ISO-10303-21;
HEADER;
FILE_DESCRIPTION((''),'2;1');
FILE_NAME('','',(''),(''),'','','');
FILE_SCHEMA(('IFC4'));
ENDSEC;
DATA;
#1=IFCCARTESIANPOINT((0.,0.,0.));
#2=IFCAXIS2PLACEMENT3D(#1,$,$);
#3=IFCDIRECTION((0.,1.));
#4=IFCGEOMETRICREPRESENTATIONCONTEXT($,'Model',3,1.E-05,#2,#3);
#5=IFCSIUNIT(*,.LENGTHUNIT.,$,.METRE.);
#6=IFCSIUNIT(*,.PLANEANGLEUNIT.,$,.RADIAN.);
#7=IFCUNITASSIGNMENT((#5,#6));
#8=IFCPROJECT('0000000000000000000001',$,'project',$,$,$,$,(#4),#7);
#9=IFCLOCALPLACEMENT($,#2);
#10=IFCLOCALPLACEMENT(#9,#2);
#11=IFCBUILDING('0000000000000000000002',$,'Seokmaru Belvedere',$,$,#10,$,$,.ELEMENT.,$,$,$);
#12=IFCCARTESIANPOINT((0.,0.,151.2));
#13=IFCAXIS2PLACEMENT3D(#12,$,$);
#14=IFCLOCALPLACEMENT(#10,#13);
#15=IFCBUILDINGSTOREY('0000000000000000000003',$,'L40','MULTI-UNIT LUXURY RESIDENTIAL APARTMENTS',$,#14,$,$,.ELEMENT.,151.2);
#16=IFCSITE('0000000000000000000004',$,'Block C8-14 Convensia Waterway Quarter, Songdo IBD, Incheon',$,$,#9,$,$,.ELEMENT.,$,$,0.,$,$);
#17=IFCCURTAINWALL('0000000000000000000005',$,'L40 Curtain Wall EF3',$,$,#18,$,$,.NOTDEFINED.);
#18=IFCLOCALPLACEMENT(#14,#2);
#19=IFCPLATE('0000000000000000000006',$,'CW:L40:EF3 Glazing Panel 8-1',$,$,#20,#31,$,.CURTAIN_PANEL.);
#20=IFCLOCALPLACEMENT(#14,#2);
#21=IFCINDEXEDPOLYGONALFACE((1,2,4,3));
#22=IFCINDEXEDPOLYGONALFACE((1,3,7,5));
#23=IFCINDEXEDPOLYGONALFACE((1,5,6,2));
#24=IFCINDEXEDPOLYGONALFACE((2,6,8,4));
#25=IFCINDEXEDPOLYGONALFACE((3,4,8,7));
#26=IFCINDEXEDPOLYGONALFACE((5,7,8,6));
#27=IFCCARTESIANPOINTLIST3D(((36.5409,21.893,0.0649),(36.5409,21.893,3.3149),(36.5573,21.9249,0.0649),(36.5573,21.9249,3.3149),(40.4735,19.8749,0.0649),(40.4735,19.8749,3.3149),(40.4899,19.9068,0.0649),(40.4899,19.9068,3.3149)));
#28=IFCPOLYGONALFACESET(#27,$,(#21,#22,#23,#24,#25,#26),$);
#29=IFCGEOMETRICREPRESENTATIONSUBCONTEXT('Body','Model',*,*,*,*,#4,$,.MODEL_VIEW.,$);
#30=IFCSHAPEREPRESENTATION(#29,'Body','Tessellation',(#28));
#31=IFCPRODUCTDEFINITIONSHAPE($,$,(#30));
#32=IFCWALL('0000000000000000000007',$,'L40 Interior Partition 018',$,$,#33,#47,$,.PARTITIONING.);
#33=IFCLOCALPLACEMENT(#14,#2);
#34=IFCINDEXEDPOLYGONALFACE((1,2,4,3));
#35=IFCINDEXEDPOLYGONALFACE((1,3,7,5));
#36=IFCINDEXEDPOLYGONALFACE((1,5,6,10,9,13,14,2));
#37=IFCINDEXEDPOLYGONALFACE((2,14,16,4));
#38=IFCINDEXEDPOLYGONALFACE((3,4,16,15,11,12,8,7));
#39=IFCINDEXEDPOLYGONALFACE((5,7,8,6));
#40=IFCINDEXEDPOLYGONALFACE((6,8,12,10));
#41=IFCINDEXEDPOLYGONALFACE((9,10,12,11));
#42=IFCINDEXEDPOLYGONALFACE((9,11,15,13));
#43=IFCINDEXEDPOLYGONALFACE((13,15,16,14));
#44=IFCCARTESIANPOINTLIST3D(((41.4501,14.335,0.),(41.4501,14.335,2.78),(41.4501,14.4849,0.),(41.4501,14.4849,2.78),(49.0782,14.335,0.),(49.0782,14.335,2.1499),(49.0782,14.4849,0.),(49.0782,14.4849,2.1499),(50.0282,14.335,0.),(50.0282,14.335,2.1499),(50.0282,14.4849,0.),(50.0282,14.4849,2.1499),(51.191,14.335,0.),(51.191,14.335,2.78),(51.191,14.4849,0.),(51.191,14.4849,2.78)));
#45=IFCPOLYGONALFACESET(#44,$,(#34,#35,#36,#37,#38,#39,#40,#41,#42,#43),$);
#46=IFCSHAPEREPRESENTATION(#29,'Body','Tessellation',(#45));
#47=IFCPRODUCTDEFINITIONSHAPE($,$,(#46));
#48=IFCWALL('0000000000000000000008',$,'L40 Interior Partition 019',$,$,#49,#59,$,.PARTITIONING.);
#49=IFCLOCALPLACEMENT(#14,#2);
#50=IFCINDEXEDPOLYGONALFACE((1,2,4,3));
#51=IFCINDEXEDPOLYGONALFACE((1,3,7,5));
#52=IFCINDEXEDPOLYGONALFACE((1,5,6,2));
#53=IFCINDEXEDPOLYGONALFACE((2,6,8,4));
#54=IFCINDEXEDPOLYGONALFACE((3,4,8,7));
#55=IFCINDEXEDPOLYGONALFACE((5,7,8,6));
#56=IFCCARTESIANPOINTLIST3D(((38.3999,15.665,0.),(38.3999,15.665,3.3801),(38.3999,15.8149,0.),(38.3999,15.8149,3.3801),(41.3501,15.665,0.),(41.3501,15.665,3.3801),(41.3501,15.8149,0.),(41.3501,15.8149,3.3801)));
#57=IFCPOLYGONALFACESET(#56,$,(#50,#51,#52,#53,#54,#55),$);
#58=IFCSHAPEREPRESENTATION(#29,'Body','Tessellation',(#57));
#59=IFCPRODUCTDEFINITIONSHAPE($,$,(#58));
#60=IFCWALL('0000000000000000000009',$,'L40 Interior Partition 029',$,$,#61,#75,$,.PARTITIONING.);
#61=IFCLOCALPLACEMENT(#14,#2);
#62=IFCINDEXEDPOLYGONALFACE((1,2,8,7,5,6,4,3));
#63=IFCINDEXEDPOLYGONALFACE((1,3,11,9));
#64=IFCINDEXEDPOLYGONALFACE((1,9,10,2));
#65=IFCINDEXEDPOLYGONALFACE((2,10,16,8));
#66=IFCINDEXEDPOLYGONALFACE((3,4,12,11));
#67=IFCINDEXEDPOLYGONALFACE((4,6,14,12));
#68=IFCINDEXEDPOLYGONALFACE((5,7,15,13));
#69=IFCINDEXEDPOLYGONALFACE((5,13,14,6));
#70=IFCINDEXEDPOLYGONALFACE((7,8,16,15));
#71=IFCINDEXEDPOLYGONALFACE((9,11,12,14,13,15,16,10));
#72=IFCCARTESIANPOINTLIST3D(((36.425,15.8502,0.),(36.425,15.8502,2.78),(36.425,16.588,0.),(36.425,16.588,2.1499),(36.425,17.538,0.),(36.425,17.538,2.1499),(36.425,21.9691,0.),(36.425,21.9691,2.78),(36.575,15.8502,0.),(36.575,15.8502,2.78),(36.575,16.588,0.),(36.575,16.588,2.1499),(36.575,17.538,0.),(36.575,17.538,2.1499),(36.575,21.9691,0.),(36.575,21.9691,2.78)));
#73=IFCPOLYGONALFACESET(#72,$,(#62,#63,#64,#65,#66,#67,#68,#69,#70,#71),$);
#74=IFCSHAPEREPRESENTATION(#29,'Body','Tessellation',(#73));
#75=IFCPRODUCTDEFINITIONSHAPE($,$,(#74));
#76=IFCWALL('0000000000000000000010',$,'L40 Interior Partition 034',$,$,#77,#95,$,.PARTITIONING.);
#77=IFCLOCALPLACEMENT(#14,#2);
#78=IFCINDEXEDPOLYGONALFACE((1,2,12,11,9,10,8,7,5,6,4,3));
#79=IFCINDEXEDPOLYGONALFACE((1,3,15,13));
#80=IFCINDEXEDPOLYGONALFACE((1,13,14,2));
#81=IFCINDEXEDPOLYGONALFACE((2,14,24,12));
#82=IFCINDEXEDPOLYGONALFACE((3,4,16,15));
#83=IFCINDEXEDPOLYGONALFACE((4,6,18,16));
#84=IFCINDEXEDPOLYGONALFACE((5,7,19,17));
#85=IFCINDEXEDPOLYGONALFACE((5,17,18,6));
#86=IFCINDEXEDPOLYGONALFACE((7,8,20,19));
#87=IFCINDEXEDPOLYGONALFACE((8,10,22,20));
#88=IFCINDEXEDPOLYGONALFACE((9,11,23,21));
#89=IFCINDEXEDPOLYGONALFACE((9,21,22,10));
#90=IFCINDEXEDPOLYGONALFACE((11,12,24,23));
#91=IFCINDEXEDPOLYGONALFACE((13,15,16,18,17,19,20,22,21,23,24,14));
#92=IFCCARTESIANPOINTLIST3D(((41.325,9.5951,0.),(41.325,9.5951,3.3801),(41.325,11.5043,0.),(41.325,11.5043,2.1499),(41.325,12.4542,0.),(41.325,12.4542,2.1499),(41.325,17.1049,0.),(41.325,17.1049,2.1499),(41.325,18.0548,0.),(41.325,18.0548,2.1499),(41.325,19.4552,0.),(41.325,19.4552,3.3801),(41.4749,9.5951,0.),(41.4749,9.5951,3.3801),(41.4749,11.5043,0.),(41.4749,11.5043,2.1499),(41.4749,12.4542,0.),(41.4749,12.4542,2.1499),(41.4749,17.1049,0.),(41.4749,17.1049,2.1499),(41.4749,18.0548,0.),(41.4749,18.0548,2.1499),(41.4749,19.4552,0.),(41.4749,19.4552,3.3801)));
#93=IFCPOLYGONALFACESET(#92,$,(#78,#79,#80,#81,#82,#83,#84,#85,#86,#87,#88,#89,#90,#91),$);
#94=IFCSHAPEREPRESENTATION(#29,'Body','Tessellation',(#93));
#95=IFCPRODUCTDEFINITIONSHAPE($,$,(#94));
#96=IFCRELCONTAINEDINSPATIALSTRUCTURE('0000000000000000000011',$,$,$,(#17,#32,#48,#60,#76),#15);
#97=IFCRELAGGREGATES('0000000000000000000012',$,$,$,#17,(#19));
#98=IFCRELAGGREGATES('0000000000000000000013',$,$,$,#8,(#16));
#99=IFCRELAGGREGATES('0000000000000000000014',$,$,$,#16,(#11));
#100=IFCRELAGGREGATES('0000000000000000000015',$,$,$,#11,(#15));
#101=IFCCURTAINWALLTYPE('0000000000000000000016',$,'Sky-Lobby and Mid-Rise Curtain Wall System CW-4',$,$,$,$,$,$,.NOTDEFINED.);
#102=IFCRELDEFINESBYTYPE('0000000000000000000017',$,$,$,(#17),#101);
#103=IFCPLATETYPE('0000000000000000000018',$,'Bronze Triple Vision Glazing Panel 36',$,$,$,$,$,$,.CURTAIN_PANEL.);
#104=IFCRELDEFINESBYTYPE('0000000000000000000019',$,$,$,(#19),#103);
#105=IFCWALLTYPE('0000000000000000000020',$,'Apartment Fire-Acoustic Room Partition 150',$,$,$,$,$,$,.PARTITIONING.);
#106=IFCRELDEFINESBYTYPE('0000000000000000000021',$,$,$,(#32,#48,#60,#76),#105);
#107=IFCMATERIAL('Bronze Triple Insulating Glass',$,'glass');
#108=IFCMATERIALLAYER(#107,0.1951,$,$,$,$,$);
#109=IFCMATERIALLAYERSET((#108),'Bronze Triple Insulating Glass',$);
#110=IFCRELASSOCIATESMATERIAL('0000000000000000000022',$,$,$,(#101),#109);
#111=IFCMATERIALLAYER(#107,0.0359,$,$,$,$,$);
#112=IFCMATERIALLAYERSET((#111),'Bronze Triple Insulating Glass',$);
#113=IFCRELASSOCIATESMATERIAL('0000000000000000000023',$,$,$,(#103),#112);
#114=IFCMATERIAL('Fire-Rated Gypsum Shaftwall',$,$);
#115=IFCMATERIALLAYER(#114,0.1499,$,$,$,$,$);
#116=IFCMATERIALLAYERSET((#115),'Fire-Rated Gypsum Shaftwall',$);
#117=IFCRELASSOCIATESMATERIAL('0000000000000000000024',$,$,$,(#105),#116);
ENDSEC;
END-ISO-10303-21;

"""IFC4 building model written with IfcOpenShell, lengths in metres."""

from ifc_helpers import new_model, si_unit, direction, frame, frame_2d, origin, origin_2d, place, context, subcontext, project, spatial, rectangle, extrude, source, transform, mapped, material, layer, layer_set, type_object, type_shapes, element, aggregate, save


model = new_model("IFC4")

# Units and contexts
model_context = context("Model", 3, precision=1e-05, world=origin(), true_north=direction((0.0, 1.0)))
body_context = subcontext(model_context, "Body", "Model", "MODEL_VIEW")
ifc_project = project(units=[si_unit("LENGTHUNIT", "METRE"), si_unit("PLANEANGLEUNIT", "RADIAN")], contexts=[model_context])

# Site, building, storey
site_placement = place(None, origin())
site = spatial("IfcSite", under=ifc_project, at=site_placement, Name="Block C8-14 Convensia Waterway Quarter, Songdo IBD, Incheon", CompositionType="ELEMENT", RefElevation=0.0)
building_placement = place(site_placement, origin())
building = spatial("IfcBuilding", under=site, at=building_placement, Name="Seokmaru Belvedere", CompositionType="ELEMENT")
storey_placement = place(building_placement, frame((0.0, 0.0, 151.2)))
storey = spatial("IfcBuildingStorey", under=building, at=storey_placement, Name="L40", Description="MULTI-UNIT LUXURY RESIDENTIAL APARTMENTS", CompositionType="ELEMENT", Elevation=151.2)

# Curtain wall, plate
ifc_material_1 = material(Name="Bronze Triple Insulating Glass", Category="glass")
ifc_layer_1 = layer(ifc_material_1, 0.1951)
ifc_layer_set_1 = layer_set([ifc_layer_1], Name="Bronze Triple Insulating Glass")
curtain_wall_type = type_object("IfcCurtainWallType", Name="Sky-Lobby and Mid-Rise Curtain Wall System CW-4", PredefinedType="NOTDEFINED", material=ifc_layer_set_1)
curtain_wall_placement = place(storey_placement, origin())
curtain_wall = element("IfcCurtainWall", 1, at=curtain_wall_placement, inside=storey, type_object=curtain_wall_type, Name="L40 Curtain Wall EF3", PredefinedType="NOTDEFINED")
ifc_layer_2 = layer(ifc_material_1, 0.0359)
ifc_layer_set_2 = layer_set([ifc_layer_2], Name="Bronze Triple Insulating Glass")
plate_type = type_object("IfcPlateType", Name="Bronze Triple Vision Glazing Panel 36", PredefinedType="CURTAIN_PANEL", material=ifc_layer_set_2)
shared_shape_1 = source(origin(), body_context, "Body", "SweptSolid", [
    extrude(rectangle(XDim=4.4202, YDim=0.0359, at=origin_2d()), origin(), (0.0, 0.0, 1.0), 3.25),
])
type_shapes(plate_type, [shared_shape_1])
plate_1_placement = place(storey_placement, frame((38.5154, 20.8999, 0.0649), z_axis=(0.0, 0.0, 1.0), x_axis=(-0.889695, 0.456555, 0.0)))
plate_1 = element("IfcPlate", 2, at=plate_1_placement, type_object=plate_type, Name="CW:L40:EF3 Glazing Panel 8-1", PredefinedType="CURTAIN_PANEL", context=body_context, shape_type="MappedRepresentation", body=[
    mapped(shared_shape_1, transform((0.0, 0.0, 0.0), scale=1.0)),
])
aggregate(curtain_wall, [plate_1])

# Wall, opening
ifc_material_2 = material(Name="Fire-Rated Gypsum Shaftwall")
ifc_layer_3 = layer(ifc_material_2, 0.1499)
ifc_layer_set_3 = layer_set([ifc_layer_3], Name="Fire-Rated Gypsum Shaftwall")
wall_type = type_object("IfcWallType", Name="Apartment Fire-Acoustic Room Partition 150", PredefinedType="PARTITIONING", material=ifc_layer_set_3)
wall_1_placement = place(storey_placement, frame((41.45, 14.4099, 0.0), z_axis=(0.0, 0.0, 1.0), x_axis=(1.0, 0.0, 0.0)))
wall_1 = element("IfcWall", 3, at=wall_1_placement, inside=storey, type_object=wall_type, Name="L40 Interior Partition 018", PredefinedType="PARTITIONING", context=body_context, shape_type="SweptSolid", body=[
    extrude(rectangle(XDim=9.741, YDim=0.1499, at=frame_2d((4.8706, 0.0))), origin(), (0.0, 0.0, 1.0), 2.78),
])
opening_1_placement = place(wall_1_placement, frame((7.6282, 0.0, 0.0)))
element("IfcOpeningElement", 4, at=opening_1_placement, cuts=wall_1, PredefinedType="OPENING", context=body_context, shape_type="SweptSolid", body=[
    extrude(rectangle(XDim=0.95, YDim=2.1499, at=frame_2d((0.4751, 1.075))), frame((0.0, 0.085, 0.0), z_axis=(0.0, -1.0, 0.0), x_axis=(1.0, 0.0, 0.0)), (0.0, 0.0, 1.0), 0.1699),
])

# Wall
wall_2_placement = place(storey_placement, frame((38.3999, 15.74, 0.0), z_axis=(0.0, 0.0, 1.0), x_axis=(1.0, 0.0, 0.0)))
element("IfcWall", 5, at=wall_2_placement, inside=storey, type_object=wall_type, Name="L40 Interior Partition 019", PredefinedType="PARTITIONING", context=body_context, shape_type="SweptSolid", body=[
    extrude(rectangle(XDim=2.9502, YDim=0.1499, at=frame_2d((1.4751, 0.0))), origin(), (0.0, 0.0, 1.0), 3.3801),
])

# Wall, opening
wall_3_placement = place(storey_placement, frame((36.5, 15.8501, 0.0), z_axis=(0.0, 0.0, 1.0), x_axis=(0.0, 1.0, 0.0)))
wall_3 = element("IfcWall", 6, at=wall_3_placement, inside=storey, type_object=wall_type, Name="L40 Interior Partition 029", PredefinedType="PARTITIONING", context=body_context, shape_type="SweptSolid", body=[
    extrude(rectangle(XDim=6.1189, YDim=0.1499, at=frame_2d((3.0596, 0.0))), origin(), (0.0, 0.0, 1.0), 2.78),
])
opening_2_placement = place(wall_3_placement, frame((0.7378, 0.0, 0.0)))
element("IfcOpeningElement", 7, at=opening_2_placement, cuts=wall_3, PredefinedType="OPENING", context=body_context, shape_type="SweptSolid", body=[
    extrude(rectangle(XDim=0.95, YDim=2.1499, at=frame_2d((0.4751, 1.075))), frame((0.0, 0.085, 0.0), z_axis=(0.0, -1.0, 0.0), x_axis=(1.0, 0.0, 0.0)), (0.0, 0.0, 1.0), 0.1699),
])

# Wall, openings
wall_4_placement = place(storey_placement, frame((41.3999, 9.595, 0.0), z_axis=(0.0, 0.0, 1.0), x_axis=(0.0, 1.0, 0.0)))
wall_4 = element("IfcWall", 8, at=wall_4_placement, inside=storey, type_object=wall_type, Name="L40 Interior Partition 034", PredefinedType="PARTITIONING", context=body_context, shape_type="SweptSolid", body=[
    extrude(rectangle(XDim=9.8601, YDim=0.1499, at=frame_2d((4.9302, 0.0))), origin(), (0.0, 0.0, 1.0), 3.3801),
])
opening_3_placement = place(wall_4_placement, frame((1.9092, 0.0, 0.0)))
element("IfcOpeningElement", 9, at=opening_3_placement, cuts=wall_4, PredefinedType="OPENING", context=body_context, shape_type="SweptSolid", body=[
    extrude(rectangle(XDim=0.95, YDim=2.1499, at=frame_2d((0.4751, 1.075))), frame((0.0, 0.085, 0.0), z_axis=(0.0, -1.0, 0.0), x_axis=(1.0, 0.0, 0.0)), (0.0, 0.0, 1.0), 0.1699),
])
opening_4_placement = place(wall_4_placement, frame((7.5098, 0.0, 0.0)))
element("IfcOpeningElement", 10, at=opening_4_placement, cuts=wall_4, PredefinedType="OPENING", context=body_context, shape_type="SweptSolid", body=[
    extrude(rectangle(XDim=0.95, YDim=2.1499, at=frame_2d((0.4751, 1.075))), frame((0.0, 0.085, 0.0), z_axis=(0.0, -1.0, 0.0), x_axis=(1.0, 0.0, 0.0)), (0.0, 0.0, 1.0), 0.1699),
])

save(model, "model.ifc")
